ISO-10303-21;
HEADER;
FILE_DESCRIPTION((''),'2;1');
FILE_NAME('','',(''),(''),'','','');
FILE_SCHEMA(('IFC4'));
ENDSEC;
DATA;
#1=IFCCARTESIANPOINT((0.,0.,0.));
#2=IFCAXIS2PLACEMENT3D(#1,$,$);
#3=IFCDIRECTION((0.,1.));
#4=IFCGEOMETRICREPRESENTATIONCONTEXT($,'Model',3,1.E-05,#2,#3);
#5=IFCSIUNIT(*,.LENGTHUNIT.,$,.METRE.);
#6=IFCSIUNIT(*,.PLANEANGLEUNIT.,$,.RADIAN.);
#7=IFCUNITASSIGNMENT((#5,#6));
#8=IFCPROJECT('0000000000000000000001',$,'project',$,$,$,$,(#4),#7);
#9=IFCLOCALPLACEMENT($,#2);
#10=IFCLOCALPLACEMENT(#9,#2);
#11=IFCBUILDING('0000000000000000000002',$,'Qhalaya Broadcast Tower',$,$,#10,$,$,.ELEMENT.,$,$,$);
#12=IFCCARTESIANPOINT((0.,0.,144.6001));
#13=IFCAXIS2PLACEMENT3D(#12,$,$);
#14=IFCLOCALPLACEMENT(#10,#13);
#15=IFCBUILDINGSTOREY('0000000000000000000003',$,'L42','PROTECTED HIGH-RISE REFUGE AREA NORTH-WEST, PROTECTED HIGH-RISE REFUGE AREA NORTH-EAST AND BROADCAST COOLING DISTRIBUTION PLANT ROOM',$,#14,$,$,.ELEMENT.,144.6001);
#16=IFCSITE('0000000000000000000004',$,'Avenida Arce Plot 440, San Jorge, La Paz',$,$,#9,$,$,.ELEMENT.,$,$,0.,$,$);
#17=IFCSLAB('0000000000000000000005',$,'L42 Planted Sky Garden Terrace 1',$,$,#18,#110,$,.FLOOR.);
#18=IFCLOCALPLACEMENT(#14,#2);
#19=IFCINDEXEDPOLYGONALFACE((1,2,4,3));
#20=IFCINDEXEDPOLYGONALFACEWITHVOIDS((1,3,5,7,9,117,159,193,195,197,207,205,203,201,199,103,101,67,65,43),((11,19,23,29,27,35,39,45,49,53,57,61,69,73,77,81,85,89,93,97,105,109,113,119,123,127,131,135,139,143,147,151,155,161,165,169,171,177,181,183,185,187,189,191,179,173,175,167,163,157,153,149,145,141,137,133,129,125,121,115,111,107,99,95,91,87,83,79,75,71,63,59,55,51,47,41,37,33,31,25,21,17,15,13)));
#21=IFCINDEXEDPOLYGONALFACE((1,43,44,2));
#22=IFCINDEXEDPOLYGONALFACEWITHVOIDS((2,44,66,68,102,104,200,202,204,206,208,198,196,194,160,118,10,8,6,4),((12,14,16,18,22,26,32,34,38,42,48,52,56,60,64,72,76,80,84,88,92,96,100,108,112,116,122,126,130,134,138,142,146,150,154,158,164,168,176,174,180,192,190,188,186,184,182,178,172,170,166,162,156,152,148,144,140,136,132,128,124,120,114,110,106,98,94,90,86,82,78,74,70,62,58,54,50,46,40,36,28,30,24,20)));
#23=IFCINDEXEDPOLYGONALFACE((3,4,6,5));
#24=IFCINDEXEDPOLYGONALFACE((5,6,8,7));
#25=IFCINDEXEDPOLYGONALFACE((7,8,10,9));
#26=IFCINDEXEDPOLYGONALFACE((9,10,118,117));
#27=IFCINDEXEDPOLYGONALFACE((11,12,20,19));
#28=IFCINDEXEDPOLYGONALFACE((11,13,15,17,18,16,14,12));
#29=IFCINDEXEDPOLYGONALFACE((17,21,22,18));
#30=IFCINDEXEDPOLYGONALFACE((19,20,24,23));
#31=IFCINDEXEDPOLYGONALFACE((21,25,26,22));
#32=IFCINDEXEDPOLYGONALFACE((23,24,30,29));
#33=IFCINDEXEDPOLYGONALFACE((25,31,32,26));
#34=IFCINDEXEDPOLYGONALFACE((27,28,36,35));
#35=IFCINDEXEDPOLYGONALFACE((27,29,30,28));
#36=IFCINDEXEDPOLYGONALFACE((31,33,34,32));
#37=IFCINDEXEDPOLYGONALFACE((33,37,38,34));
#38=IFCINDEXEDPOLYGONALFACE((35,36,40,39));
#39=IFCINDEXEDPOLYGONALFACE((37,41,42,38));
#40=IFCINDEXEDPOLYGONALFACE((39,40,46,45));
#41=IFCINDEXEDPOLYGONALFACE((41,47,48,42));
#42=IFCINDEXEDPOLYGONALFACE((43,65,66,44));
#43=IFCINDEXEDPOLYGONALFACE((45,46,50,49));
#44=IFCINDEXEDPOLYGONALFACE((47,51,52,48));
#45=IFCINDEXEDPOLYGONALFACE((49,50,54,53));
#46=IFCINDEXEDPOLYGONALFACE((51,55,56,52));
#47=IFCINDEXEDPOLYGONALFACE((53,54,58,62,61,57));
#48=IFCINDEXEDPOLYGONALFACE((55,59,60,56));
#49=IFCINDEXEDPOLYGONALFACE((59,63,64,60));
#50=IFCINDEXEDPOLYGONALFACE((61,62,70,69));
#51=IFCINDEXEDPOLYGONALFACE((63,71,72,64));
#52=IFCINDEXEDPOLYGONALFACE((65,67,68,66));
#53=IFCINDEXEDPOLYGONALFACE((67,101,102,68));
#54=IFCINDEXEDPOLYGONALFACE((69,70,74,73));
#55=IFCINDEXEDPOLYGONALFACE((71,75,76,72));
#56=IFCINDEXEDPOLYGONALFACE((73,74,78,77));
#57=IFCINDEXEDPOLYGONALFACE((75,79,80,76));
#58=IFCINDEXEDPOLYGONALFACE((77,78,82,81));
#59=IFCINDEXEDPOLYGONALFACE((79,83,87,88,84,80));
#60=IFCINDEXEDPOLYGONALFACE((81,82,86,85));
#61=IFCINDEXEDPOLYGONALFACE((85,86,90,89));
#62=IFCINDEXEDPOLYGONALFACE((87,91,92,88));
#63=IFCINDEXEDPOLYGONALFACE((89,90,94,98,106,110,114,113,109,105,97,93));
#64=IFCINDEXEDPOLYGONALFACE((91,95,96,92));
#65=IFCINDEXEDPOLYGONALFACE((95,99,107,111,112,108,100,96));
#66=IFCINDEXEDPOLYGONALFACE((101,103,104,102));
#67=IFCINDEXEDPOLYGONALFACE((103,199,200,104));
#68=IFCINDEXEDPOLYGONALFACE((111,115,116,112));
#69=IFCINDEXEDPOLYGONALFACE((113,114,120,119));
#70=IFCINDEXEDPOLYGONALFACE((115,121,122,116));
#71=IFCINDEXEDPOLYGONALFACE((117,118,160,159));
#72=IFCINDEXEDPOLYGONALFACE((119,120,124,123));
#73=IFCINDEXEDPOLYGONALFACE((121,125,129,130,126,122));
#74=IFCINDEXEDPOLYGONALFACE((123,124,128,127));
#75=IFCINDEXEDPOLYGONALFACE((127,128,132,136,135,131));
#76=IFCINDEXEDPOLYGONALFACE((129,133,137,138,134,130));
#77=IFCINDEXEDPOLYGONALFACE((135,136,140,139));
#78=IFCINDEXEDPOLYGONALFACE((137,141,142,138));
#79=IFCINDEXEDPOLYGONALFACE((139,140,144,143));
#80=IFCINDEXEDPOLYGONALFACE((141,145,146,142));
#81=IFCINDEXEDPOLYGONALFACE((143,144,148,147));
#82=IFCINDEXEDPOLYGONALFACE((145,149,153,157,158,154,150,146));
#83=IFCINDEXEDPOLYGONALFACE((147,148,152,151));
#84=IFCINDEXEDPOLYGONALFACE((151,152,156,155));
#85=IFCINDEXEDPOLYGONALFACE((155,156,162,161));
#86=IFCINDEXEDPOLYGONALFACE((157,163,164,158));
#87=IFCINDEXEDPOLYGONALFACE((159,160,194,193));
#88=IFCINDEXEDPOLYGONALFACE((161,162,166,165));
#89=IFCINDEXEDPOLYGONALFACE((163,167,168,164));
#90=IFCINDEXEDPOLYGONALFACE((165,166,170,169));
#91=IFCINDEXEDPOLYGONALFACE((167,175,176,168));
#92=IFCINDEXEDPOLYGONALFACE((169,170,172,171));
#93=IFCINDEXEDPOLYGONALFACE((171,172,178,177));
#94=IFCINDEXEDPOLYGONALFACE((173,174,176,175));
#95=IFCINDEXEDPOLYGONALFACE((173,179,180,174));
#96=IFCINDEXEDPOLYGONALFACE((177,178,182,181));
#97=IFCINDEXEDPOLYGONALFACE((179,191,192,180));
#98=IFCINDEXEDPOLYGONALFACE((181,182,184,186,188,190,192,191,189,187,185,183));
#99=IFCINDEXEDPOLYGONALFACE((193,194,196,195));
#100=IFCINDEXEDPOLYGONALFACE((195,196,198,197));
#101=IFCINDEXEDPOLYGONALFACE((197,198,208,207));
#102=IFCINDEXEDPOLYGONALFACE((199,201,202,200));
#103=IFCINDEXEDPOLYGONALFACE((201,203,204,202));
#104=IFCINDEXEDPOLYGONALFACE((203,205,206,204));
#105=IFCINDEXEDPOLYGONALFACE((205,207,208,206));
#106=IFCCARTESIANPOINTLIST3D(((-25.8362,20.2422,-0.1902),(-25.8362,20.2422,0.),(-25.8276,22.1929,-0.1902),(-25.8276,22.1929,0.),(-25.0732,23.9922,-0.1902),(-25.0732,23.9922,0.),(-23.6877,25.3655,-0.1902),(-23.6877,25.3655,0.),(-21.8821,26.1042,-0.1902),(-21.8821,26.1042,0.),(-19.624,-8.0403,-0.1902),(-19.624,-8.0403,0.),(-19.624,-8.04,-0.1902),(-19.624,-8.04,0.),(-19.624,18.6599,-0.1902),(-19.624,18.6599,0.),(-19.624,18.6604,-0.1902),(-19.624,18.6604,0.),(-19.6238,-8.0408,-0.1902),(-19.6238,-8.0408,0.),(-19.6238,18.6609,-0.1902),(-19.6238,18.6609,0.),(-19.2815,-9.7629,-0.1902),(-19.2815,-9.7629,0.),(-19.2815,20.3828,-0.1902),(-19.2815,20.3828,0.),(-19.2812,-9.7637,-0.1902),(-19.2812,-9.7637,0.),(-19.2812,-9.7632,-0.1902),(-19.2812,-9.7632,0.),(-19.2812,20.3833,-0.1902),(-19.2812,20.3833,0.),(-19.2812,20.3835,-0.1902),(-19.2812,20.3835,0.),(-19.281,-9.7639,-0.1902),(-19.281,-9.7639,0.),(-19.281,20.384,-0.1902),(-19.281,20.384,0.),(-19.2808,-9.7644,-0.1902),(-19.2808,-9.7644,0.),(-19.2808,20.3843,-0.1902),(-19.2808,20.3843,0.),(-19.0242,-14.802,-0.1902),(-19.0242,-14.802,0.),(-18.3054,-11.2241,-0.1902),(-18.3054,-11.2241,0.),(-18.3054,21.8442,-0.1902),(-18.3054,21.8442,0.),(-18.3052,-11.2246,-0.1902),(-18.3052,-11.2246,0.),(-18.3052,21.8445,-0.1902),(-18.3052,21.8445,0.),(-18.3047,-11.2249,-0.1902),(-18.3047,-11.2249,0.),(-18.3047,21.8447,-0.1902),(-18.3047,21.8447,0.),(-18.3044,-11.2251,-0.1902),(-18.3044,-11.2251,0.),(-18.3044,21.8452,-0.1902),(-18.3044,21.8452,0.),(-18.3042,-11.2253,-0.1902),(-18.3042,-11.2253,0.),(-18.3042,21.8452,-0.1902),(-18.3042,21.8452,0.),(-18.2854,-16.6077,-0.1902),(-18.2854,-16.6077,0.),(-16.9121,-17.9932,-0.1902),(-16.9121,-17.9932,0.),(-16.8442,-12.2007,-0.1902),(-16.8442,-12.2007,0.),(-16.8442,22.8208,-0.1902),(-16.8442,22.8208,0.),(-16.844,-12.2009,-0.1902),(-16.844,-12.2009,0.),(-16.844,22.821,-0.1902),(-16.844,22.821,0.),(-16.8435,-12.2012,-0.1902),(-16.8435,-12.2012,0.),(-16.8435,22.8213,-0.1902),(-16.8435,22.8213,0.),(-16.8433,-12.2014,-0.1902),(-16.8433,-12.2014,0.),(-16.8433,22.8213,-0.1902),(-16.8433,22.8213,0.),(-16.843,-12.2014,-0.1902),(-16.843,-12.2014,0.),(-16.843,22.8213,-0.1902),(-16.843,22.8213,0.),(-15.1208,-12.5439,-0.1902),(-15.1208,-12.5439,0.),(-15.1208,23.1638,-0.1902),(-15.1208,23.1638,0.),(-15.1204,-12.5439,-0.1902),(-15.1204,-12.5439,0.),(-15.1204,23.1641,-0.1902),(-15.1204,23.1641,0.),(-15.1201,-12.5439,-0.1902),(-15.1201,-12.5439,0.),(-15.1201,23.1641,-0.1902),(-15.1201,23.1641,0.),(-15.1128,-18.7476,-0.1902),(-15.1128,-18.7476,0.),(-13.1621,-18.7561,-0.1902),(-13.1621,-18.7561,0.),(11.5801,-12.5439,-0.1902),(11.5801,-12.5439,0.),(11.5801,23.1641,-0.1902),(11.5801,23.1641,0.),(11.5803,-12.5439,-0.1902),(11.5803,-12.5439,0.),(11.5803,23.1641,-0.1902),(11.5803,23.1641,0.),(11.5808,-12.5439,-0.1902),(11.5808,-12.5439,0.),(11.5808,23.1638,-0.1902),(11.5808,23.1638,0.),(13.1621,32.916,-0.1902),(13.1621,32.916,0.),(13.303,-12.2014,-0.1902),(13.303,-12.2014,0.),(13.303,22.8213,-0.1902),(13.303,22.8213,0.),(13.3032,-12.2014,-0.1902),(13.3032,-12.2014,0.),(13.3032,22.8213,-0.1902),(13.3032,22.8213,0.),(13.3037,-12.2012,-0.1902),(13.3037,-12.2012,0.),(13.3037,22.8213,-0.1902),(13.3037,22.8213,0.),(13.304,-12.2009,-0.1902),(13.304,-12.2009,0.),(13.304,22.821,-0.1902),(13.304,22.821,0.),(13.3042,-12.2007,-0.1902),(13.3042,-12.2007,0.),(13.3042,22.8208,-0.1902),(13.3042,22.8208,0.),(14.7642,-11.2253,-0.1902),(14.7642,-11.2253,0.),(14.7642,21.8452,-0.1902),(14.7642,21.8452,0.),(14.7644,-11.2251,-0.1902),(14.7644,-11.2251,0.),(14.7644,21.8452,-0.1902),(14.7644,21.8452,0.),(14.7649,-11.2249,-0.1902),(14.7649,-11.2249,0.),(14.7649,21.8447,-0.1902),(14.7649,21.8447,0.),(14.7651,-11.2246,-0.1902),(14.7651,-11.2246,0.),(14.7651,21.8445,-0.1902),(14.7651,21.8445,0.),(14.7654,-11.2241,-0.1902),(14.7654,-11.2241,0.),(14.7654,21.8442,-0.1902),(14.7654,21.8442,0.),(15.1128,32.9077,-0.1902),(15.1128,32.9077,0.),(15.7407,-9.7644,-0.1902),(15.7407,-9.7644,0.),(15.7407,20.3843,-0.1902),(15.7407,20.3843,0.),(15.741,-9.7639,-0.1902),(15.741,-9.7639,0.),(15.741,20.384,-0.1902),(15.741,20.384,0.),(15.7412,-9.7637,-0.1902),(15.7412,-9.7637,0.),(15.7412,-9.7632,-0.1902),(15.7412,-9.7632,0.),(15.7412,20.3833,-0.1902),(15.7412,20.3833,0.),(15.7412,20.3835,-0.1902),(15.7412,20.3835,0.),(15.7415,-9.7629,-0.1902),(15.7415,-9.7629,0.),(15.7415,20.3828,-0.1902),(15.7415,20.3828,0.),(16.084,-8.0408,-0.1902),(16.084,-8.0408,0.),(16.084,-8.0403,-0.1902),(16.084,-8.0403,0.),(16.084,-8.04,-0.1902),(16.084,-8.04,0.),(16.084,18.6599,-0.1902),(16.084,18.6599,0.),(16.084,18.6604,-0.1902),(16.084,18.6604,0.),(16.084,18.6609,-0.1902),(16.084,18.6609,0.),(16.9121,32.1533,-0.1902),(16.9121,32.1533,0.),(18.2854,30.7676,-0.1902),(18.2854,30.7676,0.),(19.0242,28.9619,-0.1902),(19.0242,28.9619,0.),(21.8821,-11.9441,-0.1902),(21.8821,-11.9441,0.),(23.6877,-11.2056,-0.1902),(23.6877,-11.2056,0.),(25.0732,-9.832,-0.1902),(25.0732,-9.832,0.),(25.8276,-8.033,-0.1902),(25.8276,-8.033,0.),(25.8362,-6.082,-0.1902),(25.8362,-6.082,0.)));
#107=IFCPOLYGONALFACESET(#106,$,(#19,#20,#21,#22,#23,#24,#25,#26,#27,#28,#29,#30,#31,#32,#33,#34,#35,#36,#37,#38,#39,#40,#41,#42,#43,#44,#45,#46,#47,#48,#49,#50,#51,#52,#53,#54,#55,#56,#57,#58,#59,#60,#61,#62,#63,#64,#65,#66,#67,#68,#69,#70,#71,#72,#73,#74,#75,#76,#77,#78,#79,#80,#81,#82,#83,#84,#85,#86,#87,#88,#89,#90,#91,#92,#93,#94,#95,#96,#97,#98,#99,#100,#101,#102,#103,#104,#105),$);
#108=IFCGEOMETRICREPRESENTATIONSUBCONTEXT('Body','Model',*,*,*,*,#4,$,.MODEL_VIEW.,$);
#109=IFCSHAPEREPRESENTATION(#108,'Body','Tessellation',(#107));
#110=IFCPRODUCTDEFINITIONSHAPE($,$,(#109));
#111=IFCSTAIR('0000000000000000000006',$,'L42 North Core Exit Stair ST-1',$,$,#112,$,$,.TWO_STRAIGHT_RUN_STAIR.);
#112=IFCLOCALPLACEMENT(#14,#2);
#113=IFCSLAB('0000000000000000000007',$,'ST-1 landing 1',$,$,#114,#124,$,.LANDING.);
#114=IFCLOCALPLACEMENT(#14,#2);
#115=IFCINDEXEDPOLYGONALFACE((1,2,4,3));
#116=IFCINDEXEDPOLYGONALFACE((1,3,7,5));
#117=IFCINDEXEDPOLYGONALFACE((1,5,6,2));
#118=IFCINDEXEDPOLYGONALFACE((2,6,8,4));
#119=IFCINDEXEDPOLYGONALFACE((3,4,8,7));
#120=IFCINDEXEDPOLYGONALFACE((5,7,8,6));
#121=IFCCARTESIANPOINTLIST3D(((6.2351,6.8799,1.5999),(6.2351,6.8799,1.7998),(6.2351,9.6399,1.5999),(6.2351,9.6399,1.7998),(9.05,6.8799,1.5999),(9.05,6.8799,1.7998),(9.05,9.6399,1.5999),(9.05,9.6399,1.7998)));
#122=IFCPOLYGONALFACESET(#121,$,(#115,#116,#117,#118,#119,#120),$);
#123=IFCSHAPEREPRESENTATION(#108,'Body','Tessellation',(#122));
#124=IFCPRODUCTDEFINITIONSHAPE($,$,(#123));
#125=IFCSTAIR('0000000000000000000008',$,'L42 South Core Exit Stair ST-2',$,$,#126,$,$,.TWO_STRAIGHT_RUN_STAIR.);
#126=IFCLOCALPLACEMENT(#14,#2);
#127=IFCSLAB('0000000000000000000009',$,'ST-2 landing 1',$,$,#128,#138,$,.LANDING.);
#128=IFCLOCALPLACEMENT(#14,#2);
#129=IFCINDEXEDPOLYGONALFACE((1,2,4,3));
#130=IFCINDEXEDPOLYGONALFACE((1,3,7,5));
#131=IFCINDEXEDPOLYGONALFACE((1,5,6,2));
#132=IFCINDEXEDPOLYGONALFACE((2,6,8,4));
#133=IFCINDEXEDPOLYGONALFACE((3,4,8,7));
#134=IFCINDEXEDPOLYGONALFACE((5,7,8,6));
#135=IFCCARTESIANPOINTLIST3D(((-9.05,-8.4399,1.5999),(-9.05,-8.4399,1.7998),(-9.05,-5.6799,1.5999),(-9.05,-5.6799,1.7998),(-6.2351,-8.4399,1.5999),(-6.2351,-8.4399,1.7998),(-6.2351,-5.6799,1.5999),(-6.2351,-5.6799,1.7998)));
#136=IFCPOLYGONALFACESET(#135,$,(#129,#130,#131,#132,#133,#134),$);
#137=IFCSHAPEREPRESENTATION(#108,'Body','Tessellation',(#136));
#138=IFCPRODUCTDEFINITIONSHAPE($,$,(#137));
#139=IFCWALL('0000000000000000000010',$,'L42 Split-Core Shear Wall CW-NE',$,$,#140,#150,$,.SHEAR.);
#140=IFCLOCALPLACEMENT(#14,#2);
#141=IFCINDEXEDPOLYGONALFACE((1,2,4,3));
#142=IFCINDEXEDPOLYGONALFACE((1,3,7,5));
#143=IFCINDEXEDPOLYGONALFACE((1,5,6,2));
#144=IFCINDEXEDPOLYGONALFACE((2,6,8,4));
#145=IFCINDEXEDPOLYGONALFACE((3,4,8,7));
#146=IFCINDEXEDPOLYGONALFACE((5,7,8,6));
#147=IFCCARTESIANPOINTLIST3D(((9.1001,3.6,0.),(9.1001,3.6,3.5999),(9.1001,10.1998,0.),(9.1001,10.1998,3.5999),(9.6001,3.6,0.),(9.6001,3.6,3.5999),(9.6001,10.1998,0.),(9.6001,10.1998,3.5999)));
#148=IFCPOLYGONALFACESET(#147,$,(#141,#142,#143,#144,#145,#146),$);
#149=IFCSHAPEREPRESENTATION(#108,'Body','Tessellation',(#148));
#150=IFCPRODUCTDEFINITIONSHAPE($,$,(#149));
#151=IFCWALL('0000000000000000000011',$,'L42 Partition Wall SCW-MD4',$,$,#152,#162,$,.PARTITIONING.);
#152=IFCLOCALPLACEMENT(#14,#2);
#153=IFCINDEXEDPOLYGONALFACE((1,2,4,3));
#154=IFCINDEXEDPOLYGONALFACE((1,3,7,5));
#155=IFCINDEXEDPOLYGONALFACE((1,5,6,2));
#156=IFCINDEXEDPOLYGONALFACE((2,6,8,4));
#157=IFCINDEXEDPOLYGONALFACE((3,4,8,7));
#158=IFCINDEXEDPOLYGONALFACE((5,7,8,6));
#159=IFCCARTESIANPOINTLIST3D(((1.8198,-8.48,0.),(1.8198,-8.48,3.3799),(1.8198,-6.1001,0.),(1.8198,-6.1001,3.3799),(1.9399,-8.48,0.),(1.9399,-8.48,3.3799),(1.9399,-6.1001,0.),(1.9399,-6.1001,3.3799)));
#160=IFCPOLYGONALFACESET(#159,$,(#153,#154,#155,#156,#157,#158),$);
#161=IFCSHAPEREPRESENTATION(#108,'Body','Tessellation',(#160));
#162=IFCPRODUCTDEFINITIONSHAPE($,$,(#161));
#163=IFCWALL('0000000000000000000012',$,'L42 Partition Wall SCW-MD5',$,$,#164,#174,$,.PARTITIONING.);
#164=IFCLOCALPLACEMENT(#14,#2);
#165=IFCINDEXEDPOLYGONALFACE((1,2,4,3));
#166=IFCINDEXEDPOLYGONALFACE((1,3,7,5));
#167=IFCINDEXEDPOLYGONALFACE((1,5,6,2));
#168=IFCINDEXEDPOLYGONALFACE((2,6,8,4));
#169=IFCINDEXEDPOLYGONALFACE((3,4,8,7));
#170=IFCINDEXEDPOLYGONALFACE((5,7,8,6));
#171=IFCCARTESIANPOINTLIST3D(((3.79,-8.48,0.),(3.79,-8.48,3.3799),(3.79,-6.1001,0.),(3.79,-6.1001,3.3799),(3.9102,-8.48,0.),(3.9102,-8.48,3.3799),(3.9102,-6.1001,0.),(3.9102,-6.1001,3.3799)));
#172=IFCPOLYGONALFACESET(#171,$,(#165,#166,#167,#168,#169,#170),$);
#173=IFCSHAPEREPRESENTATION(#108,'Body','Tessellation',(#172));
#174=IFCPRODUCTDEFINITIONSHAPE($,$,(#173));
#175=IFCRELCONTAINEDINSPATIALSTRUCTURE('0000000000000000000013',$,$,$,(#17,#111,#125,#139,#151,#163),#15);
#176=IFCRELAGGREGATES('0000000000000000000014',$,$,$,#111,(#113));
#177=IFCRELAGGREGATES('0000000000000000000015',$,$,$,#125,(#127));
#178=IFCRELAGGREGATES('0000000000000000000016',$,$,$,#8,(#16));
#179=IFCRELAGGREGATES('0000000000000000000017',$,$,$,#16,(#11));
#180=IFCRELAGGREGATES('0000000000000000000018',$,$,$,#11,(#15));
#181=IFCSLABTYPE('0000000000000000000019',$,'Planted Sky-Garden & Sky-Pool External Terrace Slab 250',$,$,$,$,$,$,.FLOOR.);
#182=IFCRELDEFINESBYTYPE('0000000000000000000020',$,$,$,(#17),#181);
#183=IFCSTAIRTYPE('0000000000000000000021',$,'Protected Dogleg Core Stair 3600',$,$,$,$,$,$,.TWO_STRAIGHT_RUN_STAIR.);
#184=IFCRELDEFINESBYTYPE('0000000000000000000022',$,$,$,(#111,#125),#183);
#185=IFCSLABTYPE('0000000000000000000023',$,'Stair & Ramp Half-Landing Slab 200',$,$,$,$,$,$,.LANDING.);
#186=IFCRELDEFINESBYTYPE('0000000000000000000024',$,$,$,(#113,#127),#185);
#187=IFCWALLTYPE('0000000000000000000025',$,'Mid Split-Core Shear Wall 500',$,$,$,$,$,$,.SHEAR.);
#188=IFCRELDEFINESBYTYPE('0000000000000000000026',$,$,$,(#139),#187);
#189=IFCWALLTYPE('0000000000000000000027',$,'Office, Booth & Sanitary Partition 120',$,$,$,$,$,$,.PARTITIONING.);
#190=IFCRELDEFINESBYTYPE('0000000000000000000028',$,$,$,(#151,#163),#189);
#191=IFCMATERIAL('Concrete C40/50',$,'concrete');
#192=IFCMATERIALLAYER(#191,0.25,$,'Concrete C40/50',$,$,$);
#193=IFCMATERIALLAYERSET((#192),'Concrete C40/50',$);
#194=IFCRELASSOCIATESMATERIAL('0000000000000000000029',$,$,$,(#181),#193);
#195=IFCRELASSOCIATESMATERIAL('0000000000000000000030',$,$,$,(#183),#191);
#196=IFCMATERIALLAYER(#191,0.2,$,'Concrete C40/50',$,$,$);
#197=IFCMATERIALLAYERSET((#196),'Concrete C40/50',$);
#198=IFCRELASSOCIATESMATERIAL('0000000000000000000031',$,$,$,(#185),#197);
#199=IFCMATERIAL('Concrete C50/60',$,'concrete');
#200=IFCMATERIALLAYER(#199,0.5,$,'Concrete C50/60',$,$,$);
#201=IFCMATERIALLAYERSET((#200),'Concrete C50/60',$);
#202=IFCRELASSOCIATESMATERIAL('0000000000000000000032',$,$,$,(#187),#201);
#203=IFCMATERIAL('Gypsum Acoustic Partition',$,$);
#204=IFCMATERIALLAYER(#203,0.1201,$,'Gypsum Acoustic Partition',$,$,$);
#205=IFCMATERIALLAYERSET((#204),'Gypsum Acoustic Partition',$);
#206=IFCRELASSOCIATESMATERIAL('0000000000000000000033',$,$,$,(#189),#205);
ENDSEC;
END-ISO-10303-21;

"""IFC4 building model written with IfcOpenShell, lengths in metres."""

from ifc_helpers import new_model, si_unit, direction, frame, frame_2d, origin, place, context, subcontext, project, spatial, polyline, rectangle, outline, extrude, material, layer, layer_set, type_object, element, aggregate, save


model = new_model("IFC4")

# Units and contexts
model_context = context("Model", 3, precision=1e-05, world=origin(), true_north=direction((0.0, 1.0)))
body_context = subcontext(model_context, "Body", "Model", "MODEL_VIEW")
ifc_project = project(units=[si_unit("LENGTHUNIT", "METRE"), si_unit("PLANEANGLEUNIT", "RADIAN")], contexts=[model_context])

# Site, building, storey
site_placement = place(None, origin())
site = spatial("IfcSite", under=ifc_project, at=site_placement, Name="Avenida Arce Plot 440, San Jorge, La Paz", CompositionType="ELEMENT", RefElevation=0.0)
building_placement = place(site_placement, origin())
building = spatial("IfcBuilding", under=site, at=building_placement, Name="Qhalaya Broadcast Tower", CompositionType="ELEMENT")
storey_placement = place(building_placement, frame((0.0, 0.0, 144.6001)))
storey = spatial("IfcBuildingStorey", under=building, at=storey_placement, Name="L42", Description="PROTECTED HIGH-RISE REFUGE AREA NORTH-WEST, PROTECTED HIGH-RISE REFUGE AREA NORTH-EAST AND BROADCAST COOLING DISTRIBUTION PLANT ROOM", CompositionType="ELEMENT", Elevation=144.6001)

# Shared definitions
ifc_material_1 = material(Name="Concrete C50/60", Category="concrete")

# Slab
ifc_material_2 = material(Name="Concrete C40/50", Category="concrete")
ifc_layer_1 = layer(ifc_material_2, 0.25, Name="Concrete C40/50")
ifc_layer_set_1 = layer_set([ifc_layer_1], Name="Concrete C40/50")
slab_type_1 = type_object("IfcSlabType", Name="Planted Sky-Garden & Sky-Pool External Terrace Slab 250", PredefinedType="FLOOR", material=ifc_layer_set_1)
slab_1_placement = place(storey_placement, frame((0.0, 0.0, -0.1902)))
element("IfcSlab", 1, at=slab_1_placement, inside=storey, type_object=slab_type_1, Name="L42 Planted Sky Garden Terrace 1", PredefinedType="FLOOR", context=body_context, shape_type="SweptSolid", body=[
    extrude(outline(polyline([(21.8821, -11.9441), (23.6877, -11.2056), (25.0732, -9.832), (25.8276, -8.033), (25.8362, -6.082), (19.0242, 28.9619), (18.2854, 30.7676), (16.9121, 32.1533), (15.1128, 32.9077), (13.1621, 32.916), (-21.8821, 26.1042), (-23.6877, 25.3655), (-25.0732, 23.9922), (-25.8276, 22.1929), (-25.8362, 20.2422), (-19.0242, -14.802), (-18.2854, -16.6077), (-16.9121, -17.9932), (-15.1128, -18.7476), (-13.1621, -18.7561), (21.8821, -11.9441)]), holes=[polyline([(11.5801, -12.5439), (-15.1201, -12.5439), (-15.1204, -12.5439), (-15.1208, -12.5439), (-16.843, -12.2014), (-16.8433, -12.2014), (-16.8435, -12.2012), (-16.844, -12.2009), (-16.8442, -12.2007), (-18.3042, -11.2253), (-18.3044, -11.2251), (-18.3047, -11.2249), (-18.3052, -11.2246), (-18.3054, -11.2241), (-19.2808, -9.7644), (-19.281, -9.7639), (-19.2812, -9.7637), (-19.2812, -9.7632), (-19.2815, -9.7629), (-19.6238, -8.0408), (-19.624, -8.0403), (-19.624, -8.04), (-19.624, 18.6599), (-19.624, 18.6604), (-19.6238, 18.6609), (-19.2815, 20.3828), (-19.2812, 20.3833), (-19.2812, 20.3835), (-19.281, 20.384), (-19.2808, 20.3843), (-18.3054, 21.8442), (-18.3052, 21.8445), (-18.3047, 21.8447), (-18.3044, 21.8452), (-18.3042, 21.8452), (-16.8442, 22.8208), (-16.844, 22.821), (-16.8435, 22.8213), (-16.8433, 22.8213), (-16.843, 22.8213), (-15.1208, 23.1638), (-15.1204, 23.1641), (-15.1201, 23.1641), (11.5801, 23.1641), (11.5803, 23.1641), (11.5808, 23.1638), (13.303, 22.8213), (13.3032, 22.8213), (13.3037, 22.8213), (13.304, 22.821), (13.3042, 22.8208), (14.7642, 21.8452), (14.7644, 21.8452), (14.7649, 21.8447), (14.7651, 21.8445), (14.7654, 21.8442), (15.7407, 20.3843), (15.741, 20.384), (15.7412, 20.3835), (15.7412, 20.3833), (15.7415, 20.3828), (16.084, 18.6609), (16.084, 18.6604), (16.084, 18.6599), (16.084, -8.04), (16.084, -8.0403), (16.084, -8.0408), (15.7415, -9.7629), (15.7412, -9.7632), (15.7412, -9.7637), (15.741, -9.7639), (15.7407, -9.7644), (14.7654, -11.2241), (14.7651, -11.2246), (14.7649, -11.2249), (14.7644, -11.2251), (14.7642, -11.2253), (13.3042, -12.2007), (13.304, -12.2009), (13.3037, -12.2012), (13.3032, -12.2014), (13.303, -12.2014), (11.5808, -12.5439), (11.5803, -12.5439), (11.5801, -12.5439)])]), origin(), (0.0, 0.0, 1.0), 0.1902),
])

# Stairs, slabs
stair_type = type_object("IfcStairType", Name="Protected Dogleg Core Stair 3600", PredefinedType="TWO_STRAIGHT_RUN_STAIR", material=ifc_material_2)
stair_1_placement = place(storey_placement, origin())
stair_1 = element("IfcStair", 2, at=stair_1_placement, inside=storey, type_object=stair_type, Name="L42 North Core Exit Stair ST-1", PredefinedType="TWO_STRAIGHT_RUN_STAIR")
ifc_layer_2 = layer(ifc_material_2, 0.2, Name="Concrete C40/50")
ifc_layer_set_2 = layer_set([ifc_layer_2], Name="Concrete C40/50")
slab_type_2 = type_object("IfcSlabType", Name="Stair & Ramp Half-Landing Slab 200", PredefinedType="LANDING", material=ifc_layer_set_2)
slab_2_placement = place(storey_placement, frame((0.0, 0.0, 1.5999)))
slab_2 = element("IfcSlab", 3, at=slab_2_placement, type_object=slab_type_2, Name="ST-1 landing 1", PredefinedType="LANDING", context=body_context, shape_type="SweptSolid", body=[
    extrude(outline(polyline([(6.2351, 6.8799), (9.05, 6.8799), (9.05, 9.6399), (6.2351, 9.6399), (6.2351, 6.8799)])), origin(), (0.0, 0.0, 1.0), 0.2),
])
aggregate(stair_1, [slab_2])
stair_2_placement = place(storey_placement, origin())
stair_2 = element("IfcStair", 4, at=stair_2_placement, inside=storey, type_object=stair_type, Name="L42 South Core Exit Stair ST-2", PredefinedType="TWO_STRAIGHT_RUN_STAIR")
slab_3_placement = place(storey_placement, frame((0.0, 0.0, 1.5999)))
slab_3 = element("IfcSlab", 5, at=slab_3_placement, type_object=slab_type_2, Name="ST-2 landing 1", PredefinedType="LANDING", context=body_context, shape_type="SweptSolid", body=[
    extrude(outline(polyline([(-6.2351, -5.6799), (-9.05, -5.6799), (-9.05, -8.4399), (-6.2351, -8.4399), (-6.2351, -5.6799)])), origin(), (0.0, 0.0, 1.0), 0.2),
])
aggregate(stair_2, [slab_3])

# Walls
ifc_layer_3 = layer(ifc_material_1, 0.5, Name="Concrete C50/60")
ifc_layer_set_3 = layer_set([ifc_layer_3], Name="Concrete C50/60")
wall_type_1 = type_object("IfcWallType", Name="Mid Split-Core Shear Wall 500", PredefinedType="SHEAR", material=ifc_layer_set_3)
wall_1_placement = place(storey_placement, frame((9.3501, 3.6001, 0.0), z_axis=(0.0, 0.0, 1.0), x_axis=(0.0, 1.0, 0.0)))
element("IfcWall", 6, at=wall_1_placement, inside=storey, type_object=wall_type_1, Name="L42 Split-Core Shear Wall CW-NE", PredefinedType="SHEAR", context=body_context, shape_type="SweptSolid", body=[
    extrude(rectangle(XDim=6.5999, YDim=0.5, at=frame_2d((3.2998, 0.0))), origin(), (0.0, 0.0, 1.0), 3.5999),
])
ifc_material_3 = material(Name="Gypsum Acoustic Partition")
ifc_layer_4 = layer(ifc_material_3, 0.1201, Name="Gypsum Acoustic Partition")
ifc_layer_set_4 = layer_set([ifc_layer_4], Name="Gypsum Acoustic Partition")
wall_type_2 = type_object("IfcWallType", Name="Office, Booth & Sanitary Partition 120", PredefinedType="PARTITIONING", material=ifc_layer_set_4)
for number, where, z_axis, x_axis, name in (
    (7, (1.8799, -8.48, 0.0), (0.0, 0.0, 1.0), (0.0, 1.0, 0.0), "L42 Partition Wall SCW-MD4"),
    (8, (3.8501, -8.48, 0.0), (0.0, 0.0, 1.0), (0.0, 1.0, 0.0), "L42 Partition Wall SCW-MD5"),
):
    element("IfcWall", number, at=place(storey_placement, frame(where, z_axis=z_axis, x_axis=x_axis)), inside=storey, type_object=wall_type_2, Name=name, PredefinedType="PARTITIONING", context=body_context, shape_type="SweptSolid", body=[
        extrude(rectangle(XDim=2.3799, YDim=0.1201, at=frame_2d((1.1899, 0.0))), origin(), (0.0, 0.0, 1.0), 3.3799),
    ])

save(model, "model.ifc")
